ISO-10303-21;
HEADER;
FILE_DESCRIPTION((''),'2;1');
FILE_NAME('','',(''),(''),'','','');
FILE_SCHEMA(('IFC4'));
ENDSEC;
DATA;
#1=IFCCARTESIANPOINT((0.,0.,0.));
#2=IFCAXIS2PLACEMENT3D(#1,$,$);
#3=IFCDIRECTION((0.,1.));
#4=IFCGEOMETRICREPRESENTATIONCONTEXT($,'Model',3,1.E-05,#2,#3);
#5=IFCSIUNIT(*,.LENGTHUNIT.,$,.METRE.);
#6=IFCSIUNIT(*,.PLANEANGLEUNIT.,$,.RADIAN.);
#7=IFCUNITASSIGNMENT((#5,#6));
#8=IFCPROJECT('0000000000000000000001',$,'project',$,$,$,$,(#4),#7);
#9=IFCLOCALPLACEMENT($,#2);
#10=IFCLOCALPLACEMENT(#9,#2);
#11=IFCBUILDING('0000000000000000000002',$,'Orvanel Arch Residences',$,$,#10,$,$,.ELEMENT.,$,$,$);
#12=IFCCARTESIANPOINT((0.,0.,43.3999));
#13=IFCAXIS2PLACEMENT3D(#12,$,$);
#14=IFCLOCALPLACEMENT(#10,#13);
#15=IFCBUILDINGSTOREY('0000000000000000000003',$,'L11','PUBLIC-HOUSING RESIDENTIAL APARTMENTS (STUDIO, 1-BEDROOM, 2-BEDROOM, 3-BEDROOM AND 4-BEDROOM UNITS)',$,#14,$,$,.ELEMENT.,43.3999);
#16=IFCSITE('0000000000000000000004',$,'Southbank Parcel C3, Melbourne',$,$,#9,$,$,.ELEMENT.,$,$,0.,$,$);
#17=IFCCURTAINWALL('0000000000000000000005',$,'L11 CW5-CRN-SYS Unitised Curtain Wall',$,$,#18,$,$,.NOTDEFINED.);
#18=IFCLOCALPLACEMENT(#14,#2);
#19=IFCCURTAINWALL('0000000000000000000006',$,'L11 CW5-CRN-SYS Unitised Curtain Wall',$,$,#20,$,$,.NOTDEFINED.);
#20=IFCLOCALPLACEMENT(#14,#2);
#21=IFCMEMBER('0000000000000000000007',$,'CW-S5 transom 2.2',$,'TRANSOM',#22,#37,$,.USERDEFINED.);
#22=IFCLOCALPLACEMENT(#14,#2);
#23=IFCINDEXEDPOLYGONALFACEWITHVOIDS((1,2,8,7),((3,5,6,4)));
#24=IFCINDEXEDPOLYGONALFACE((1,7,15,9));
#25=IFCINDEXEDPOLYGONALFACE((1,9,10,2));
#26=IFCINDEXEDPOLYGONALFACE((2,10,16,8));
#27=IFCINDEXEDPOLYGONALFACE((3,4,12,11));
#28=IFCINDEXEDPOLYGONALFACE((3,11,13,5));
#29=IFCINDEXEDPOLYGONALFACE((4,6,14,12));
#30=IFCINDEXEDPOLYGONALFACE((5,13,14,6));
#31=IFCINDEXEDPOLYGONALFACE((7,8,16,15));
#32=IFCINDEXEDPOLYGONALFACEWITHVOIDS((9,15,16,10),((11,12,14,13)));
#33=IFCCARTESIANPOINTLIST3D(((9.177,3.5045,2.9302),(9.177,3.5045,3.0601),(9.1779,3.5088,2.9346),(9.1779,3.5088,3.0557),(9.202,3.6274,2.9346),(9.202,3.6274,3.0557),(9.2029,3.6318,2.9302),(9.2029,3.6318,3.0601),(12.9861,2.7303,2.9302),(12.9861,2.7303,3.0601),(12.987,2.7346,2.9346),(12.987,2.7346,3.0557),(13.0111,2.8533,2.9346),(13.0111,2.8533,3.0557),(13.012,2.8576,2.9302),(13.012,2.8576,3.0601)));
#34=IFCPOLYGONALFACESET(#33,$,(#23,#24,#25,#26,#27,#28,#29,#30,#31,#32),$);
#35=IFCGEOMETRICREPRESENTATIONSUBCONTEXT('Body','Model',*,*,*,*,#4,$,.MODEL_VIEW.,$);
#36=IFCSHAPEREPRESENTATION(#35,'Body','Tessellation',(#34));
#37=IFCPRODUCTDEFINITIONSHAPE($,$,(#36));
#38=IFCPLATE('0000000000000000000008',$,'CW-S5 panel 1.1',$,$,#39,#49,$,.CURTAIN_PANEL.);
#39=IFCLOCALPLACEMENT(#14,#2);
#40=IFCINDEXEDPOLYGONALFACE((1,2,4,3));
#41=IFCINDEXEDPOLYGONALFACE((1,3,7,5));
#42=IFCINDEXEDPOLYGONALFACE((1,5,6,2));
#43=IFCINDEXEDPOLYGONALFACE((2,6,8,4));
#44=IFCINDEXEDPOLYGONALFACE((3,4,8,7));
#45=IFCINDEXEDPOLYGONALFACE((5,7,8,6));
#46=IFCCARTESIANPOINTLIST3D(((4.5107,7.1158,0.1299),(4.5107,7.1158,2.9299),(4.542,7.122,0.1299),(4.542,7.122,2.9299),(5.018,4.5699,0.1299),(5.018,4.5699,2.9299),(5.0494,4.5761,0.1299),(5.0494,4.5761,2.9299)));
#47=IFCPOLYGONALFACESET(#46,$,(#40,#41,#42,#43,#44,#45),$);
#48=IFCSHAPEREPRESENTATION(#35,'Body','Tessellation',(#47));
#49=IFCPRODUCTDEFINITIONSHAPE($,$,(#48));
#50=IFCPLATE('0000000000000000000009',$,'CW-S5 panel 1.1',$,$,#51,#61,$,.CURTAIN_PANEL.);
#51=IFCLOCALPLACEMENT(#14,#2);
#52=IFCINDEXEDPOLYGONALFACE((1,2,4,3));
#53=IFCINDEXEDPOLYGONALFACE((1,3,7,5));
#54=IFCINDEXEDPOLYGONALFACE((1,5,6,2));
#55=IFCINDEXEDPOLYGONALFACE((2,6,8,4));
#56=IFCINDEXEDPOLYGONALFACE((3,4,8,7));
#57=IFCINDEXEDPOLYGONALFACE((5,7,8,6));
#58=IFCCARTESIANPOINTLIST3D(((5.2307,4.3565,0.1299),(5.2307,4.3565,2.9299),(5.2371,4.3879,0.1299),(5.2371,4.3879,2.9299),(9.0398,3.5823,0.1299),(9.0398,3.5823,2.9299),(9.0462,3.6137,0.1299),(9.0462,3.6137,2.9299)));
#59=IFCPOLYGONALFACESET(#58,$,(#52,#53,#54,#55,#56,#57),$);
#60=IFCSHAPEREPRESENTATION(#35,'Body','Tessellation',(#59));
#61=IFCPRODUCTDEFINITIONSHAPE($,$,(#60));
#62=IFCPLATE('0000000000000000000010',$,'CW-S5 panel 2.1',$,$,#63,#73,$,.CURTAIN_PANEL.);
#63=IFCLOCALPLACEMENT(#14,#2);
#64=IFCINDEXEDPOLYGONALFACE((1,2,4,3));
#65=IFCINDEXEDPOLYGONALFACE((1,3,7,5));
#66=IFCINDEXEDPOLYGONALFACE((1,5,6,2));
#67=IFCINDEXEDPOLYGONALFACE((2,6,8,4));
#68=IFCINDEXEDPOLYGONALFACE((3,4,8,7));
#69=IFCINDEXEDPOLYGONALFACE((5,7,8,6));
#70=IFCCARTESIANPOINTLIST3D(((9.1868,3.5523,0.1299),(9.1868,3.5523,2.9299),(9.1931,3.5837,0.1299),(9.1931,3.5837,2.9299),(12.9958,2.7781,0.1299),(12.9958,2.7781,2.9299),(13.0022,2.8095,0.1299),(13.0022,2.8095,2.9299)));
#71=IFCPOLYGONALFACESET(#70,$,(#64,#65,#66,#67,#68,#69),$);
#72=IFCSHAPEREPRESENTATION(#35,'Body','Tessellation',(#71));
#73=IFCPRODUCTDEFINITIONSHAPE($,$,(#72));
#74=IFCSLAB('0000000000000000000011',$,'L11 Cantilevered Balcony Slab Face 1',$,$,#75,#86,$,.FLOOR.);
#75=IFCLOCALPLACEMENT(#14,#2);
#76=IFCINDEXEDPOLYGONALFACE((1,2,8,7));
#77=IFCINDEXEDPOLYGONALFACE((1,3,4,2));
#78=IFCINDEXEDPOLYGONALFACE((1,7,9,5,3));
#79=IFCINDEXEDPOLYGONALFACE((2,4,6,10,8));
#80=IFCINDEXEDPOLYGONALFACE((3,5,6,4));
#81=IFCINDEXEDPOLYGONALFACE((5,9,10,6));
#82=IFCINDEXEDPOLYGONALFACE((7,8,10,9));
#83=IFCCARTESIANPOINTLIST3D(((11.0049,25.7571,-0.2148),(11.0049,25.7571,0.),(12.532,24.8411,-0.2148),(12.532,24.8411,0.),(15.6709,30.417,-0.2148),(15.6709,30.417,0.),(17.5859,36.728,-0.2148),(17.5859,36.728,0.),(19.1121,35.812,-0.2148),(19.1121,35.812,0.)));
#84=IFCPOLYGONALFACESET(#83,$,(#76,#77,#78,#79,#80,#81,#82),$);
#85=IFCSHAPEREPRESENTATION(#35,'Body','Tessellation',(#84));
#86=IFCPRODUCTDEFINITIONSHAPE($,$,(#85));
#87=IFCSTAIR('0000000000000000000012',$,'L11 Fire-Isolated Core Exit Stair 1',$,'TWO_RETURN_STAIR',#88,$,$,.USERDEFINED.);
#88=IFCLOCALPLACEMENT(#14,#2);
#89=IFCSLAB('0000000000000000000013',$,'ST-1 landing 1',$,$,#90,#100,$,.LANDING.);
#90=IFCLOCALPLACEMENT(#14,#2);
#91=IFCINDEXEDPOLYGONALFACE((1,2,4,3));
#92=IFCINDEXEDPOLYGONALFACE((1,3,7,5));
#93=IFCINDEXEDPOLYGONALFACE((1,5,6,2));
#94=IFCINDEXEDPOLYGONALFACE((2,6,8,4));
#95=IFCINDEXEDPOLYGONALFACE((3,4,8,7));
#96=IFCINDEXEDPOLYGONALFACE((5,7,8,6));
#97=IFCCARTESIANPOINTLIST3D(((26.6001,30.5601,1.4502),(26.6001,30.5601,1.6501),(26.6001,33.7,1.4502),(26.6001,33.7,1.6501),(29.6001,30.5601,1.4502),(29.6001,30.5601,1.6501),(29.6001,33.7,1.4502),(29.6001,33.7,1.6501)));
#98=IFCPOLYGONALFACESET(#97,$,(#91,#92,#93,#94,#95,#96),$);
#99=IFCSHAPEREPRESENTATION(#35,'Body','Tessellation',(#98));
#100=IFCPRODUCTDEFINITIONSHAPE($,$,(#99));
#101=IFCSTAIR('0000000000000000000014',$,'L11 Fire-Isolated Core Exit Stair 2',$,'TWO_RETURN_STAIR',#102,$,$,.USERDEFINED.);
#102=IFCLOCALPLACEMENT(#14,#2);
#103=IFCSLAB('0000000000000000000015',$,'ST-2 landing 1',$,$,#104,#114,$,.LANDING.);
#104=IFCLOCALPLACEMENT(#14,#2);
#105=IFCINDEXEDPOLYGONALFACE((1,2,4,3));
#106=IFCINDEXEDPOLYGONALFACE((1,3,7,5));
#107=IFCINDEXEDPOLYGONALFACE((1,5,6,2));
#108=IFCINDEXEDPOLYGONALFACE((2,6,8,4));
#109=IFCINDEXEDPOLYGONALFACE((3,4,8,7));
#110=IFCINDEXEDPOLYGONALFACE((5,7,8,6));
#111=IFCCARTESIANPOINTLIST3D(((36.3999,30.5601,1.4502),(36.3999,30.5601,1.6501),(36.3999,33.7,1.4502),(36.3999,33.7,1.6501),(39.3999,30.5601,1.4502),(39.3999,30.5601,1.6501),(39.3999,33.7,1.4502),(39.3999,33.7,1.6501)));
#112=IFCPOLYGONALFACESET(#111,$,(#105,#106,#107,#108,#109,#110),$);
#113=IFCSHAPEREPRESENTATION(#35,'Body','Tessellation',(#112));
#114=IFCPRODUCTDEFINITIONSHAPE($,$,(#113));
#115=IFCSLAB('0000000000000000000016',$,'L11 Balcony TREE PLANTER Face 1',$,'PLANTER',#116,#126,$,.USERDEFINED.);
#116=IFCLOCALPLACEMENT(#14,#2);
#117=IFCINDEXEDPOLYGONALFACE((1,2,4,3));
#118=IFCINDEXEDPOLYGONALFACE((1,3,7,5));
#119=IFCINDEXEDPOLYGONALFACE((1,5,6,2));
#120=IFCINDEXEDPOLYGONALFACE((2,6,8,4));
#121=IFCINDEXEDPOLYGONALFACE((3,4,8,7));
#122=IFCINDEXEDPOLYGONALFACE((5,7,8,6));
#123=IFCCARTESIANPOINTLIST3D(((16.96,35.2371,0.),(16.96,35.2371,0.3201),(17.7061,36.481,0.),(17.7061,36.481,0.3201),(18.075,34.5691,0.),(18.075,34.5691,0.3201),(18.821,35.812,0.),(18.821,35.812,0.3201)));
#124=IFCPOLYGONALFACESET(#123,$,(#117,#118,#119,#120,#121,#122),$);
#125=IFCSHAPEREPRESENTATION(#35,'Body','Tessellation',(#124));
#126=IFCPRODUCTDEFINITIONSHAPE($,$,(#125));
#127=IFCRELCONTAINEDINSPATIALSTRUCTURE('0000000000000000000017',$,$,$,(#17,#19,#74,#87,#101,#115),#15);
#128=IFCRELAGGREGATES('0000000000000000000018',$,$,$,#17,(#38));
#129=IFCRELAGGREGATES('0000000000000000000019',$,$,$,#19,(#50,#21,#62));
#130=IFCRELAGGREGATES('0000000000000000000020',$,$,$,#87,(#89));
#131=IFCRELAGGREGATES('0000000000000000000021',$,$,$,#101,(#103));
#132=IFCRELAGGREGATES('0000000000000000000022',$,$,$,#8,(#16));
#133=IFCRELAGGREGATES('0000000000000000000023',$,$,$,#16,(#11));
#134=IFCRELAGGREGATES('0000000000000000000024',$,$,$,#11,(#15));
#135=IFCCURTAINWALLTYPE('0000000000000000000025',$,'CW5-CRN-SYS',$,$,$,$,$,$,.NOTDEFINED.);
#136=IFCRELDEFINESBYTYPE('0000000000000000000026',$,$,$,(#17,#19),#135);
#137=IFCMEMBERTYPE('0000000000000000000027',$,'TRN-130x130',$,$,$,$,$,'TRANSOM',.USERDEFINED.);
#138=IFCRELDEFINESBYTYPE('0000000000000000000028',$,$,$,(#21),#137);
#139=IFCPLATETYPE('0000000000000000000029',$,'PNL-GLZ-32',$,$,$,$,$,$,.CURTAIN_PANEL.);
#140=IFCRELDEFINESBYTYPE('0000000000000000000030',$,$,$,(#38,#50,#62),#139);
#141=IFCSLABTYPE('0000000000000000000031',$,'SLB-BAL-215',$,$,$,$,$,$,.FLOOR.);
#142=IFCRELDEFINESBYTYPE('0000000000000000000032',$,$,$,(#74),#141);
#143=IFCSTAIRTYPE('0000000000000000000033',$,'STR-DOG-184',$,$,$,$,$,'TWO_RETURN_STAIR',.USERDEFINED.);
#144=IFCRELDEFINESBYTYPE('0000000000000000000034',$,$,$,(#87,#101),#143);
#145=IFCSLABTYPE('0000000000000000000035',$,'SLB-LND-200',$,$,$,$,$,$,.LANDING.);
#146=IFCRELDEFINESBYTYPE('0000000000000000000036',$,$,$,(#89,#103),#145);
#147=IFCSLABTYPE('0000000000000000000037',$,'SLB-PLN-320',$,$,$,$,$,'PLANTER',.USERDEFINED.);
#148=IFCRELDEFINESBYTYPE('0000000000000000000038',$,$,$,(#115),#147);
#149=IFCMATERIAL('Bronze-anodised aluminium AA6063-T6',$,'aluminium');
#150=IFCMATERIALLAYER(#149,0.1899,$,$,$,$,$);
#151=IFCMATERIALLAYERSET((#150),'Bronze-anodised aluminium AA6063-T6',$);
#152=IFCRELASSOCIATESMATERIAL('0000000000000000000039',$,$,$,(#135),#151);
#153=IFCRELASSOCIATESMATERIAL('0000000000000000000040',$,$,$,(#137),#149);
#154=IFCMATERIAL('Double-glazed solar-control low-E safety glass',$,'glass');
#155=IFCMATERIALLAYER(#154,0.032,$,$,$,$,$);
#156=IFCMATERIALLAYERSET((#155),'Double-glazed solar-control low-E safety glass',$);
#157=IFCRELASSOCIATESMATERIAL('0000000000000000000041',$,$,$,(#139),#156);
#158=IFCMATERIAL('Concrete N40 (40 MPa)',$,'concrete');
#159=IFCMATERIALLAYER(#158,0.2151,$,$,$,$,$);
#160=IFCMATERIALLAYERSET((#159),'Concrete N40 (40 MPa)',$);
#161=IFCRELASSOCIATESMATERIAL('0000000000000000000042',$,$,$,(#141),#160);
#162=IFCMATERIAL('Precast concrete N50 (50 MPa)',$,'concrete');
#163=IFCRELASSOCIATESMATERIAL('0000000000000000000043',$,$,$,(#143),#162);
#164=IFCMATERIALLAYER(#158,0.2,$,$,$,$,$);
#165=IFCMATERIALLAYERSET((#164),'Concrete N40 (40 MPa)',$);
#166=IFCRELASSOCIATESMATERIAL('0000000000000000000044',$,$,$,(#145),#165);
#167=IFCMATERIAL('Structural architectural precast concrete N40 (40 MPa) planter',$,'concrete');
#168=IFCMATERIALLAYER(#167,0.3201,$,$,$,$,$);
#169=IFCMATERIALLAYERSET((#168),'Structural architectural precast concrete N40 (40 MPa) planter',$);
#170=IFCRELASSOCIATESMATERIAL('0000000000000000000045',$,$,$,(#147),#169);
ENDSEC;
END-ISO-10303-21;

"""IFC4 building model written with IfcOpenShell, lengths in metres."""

from ifc_helpers import new_model, si_unit, direction, frame, origin, origin_2d, place, context, subcontext, project, spatial, polyline, rectangle, hollow_rectangle, outline, extrude, material, layer, layer_set, material_profile, profile_set, type_object, element, aggregate, save


model = new_model("IFC4")

# Units and contexts
model_context = context("Model", 3, precision=1e-05, world=origin(), true_north=direction((0.0, 1.0)))
body_context = subcontext(model_context, "Body", "Model", "MODEL_VIEW")
ifc_project = project(units=[si_unit("LENGTHUNIT", "METRE"), si_unit("PLANEANGLEUNIT", "RADIAN")], contexts=[model_context])

# Site, building, storey
site_placement = place(None, origin())
site = spatial("IfcSite", under=ifc_project, at=site_placement, Name="Southbank Parcel C3, Melbourne", CompositionType="ELEMENT", RefElevation=0.0)
building_placement = place(site_placement, origin())
building = spatial("IfcBuilding", under=site, at=building_placement, Name="Orvanel Arch Residences", CompositionType="ELEMENT")
storey_placement = place(building_placement, frame((0.0, 0.0, 43.3999)))
storey = spatial("IfcBuildingStorey", under=building, at=storey_placement, Name="L11", Description="PUBLIC-HOUSING RESIDENTIAL APARTMENTS (STUDIO, 1-BEDROOM, 2-BEDROOM, 3-BEDROOM AND 4-BEDROOM UNITS)", CompositionType="ELEMENT", Elevation=43.3999)

# Curtain walls
ifc_material_1 = material(Name="Bronze-anodised aluminium AA6063-T6", Category="aluminium")
ifc_layer_1 = layer(ifc_material_1, 0.1899)
ifc_layer_set_1 = layer_set([ifc_layer_1], Name="Bronze-anodised aluminium AA6063-T6")
curtain_wall_type_1 = type_object("IfcCurtainWallType", Name="CW5-CRN-SYS", PredefinedType="NOTDEFINED", material=ifc_layer_set_1)
curtain_wall_1_placement = place(storey_placement, origin())
curtain_wall_1 = element("IfcCurtainWall", 1, at=curtain_wall_1_placement, inside=storey, type_object=curtain_wall_type_1, Name="L11 CW5-CRN-SYS Unitised Curtain Wall", PredefinedType="NOTDEFINED")
curtain_wall_2_placement = place(storey_placement, origin())
curtain_wall_2 = element("IfcCurtainWall", 2, at=curtain_wall_2_placement, inside=storey, type_object=curtain_wall_type_1, Name="L11 CW5-CRN-SYS Unitised Curtain Wall", PredefinedType="NOTDEFINED")

# Member
ifc_material_profile_1 = material_profile(ifc_material_1, hollow_rectangle(XDim=0.1299, YDim=0.1299, WallThickness=0.0044, at=origin_2d()), Name="ALU130x130x4.5")
ifc_profile_set_1 = profile_set([ifc_material_profile_1], Name="Bronze-anodised aluminium AA6063-T6")
member_type_1 = type_object("IfcMemberType", Name="TRN-130x130", ElementType="TRANSOM", PredefinedType="USERDEFINED", material=ifc_profile_set_1)
member_1_placement = place(storey_placement, frame((9.1899, 3.5681, 2.9951), z_axis=(0.979965, -0.199171, 0.0), x_axis=(0.199171, 0.979965, 0.0)))
member_1 = element("IfcMember", 3, at=member_1_placement, type_object=member_type_1, Name="CW-S5 transom 2.2", ObjectType="TRANSOM", PredefinedType="USERDEFINED", context=body_context, shape_type="SweptSolid", body=[
    extrude(hollow_rectangle(XDim=0.1299, YDim=0.1299, WallThickness=0.0044, at=origin_2d()), origin(), (0.0, 0.0, 1.0), 3.887),
])

# Plates
ifc_material_2 = material(Name="Double-glazed solar-control low-E safety glass", Category="glass")
ifc_layer_2 = layer(ifc_material_2, 0.032)
ifc_layer_set_2 = layer_set([ifc_layer_2], Name="Double-glazed solar-control low-E safety glass")
plate_type = type_object("IfcPlateType", Name="PNL-GLZ-32", PredefinedType="CURTAIN_PANEL", material=ifc_layer_set_2)
plate_1_placement = place(storey_placement, frame((4.78, 5.8459, 0.1299), z_axis=(0.0, 0.0, 1.0), x_axis=(0.195452, -0.980713, 0.0)))
plate_1 = element("IfcPlate", 4, at=plate_1_placement, type_object=plate_type, Name="CW-S5 panel 1.1", PredefinedType="CURTAIN_PANEL", context=body_context, shape_type="SweptSolid", body=[
    extrude(rectangle(XDim=2.5959, YDim=0.032, at=origin_2d()), origin(), (0.0, 0.0, 1.0), 2.8),
])
aggregate(curtain_wall_1, [plate_1])
plate_2_placement = place(storey_placement, frame((7.1384, 3.9851, 0.1299), z_axis=(0.0, 0.0, 1.0), x_axis=(0.979963, -0.199179, 0.0)))
plate_2 = element("IfcPlate", 5, at=plate_2_placement, type_object=plate_type, Name="CW-S5 panel 1.1", PredefinedType="CURTAIN_PANEL", context=body_context, shape_type="SweptSolid", body=[
    extrude(rectangle(XDim=3.887, YDim=0.032, at=origin_2d()), origin(), (0.0, 0.0, 1.0), 2.8),
])
plate_3_placement = place(storey_placement, frame((11.0945, 3.1809, 0.1299), z_axis=(0.0, 0.0, 1.0), x_axis=(0.979963, -0.199179, 0.0)))
plate_3 = element("IfcPlate", 6, at=plate_3_placement, type_object=plate_type, Name="CW-S5 panel 2.1", PredefinedType="CURTAIN_PANEL", context=body_context, shape_type="SweptSolid", body=[
    extrude(rectangle(XDim=3.887, YDim=0.032, at=origin_2d()), origin(), (0.0, 0.0, 1.0), 2.8),
])
aggregate(curtain_wall_2, [plate_2, member_1, plate_3])

# Slab
ifc_material_3 = material(Name="Concrete N40 (40 MPa)", Category="concrete")
ifc_layer_3 = layer(ifc_material_3, 0.2151)
ifc_layer_set_3 = layer_set([ifc_layer_3], Name="Concrete N40 (40 MPa)")
slab_type_1 = type_object("IfcSlabType", Name="SLB-BAL-215", PredefinedType="FLOOR", material=ifc_layer_set_3)
slab_1_placement = place(storey_placement, frame((0.0, 0.0, -0.2148)))
element("IfcSlab", 7, at=slab_1_placement, inside=storey, type_object=slab_type_1, Name="L11 Cantilevered Balcony Slab Face 1", PredefinedType="FLOOR", context=body_context, shape_type="SweptSolid", body=[
    extrude(outline(polyline([(17.5859, 36.728), (11.0049, 25.7571), (12.532, 24.8411), (15.6709, 30.417), (19.1121, 35.812), (17.5859, 36.728)])), origin(), (0.0, 0.0, 1.0), 0.2148),
])

# Stairs, slabs
ifc_material_4 = material(Name="Precast concrete N50 (50 MPa)", Category="concrete")
stair_type = type_object("IfcStairType", Name="STR-DOG-184", ElementType="TWO_RETURN_STAIR", PredefinedType="USERDEFINED", material=ifc_material_4)
stair_1_placement = place(storey_placement, origin())
stair_1 = element("IfcStair", 8, at=stair_1_placement, inside=storey, type_object=stair_type, Name="L11 Fire-Isolated Core Exit Stair 1", ObjectType="TWO_RETURN_STAIR", PredefinedType="USERDEFINED")
ifc_layer_4 = layer(ifc_material_3, 0.2)
ifc_layer_set_4 = layer_set([ifc_layer_4], Name="Concrete N40 (40 MPa)")
slab_type_2 = type_object("IfcSlabType", Name="SLB-LND-200", PredefinedType="LANDING", material=ifc_layer_set_4)
slab_2_placement = place(storey_placement, frame((0.0, 0.0, 1.4502)))
slab_2 = element("IfcSlab", 9, at=slab_2_placement, type_object=slab_type_2, Name="ST-1 landing 1", PredefinedType="LANDING", context=body_context, shape_type="SweptSolid", body=[
    extrude(outline(polyline([(29.6001, 30.5601), (29.6001, 33.7), (26.6001, 33.7), (26.6001, 30.5601), (29.6001, 30.5601)])), origin(), (0.0, 0.0, 1.0), 0.2),
])
aggregate(stair_1, [slab_2])
stair_2_placement = place(storey_placement, origin())
stair_2 = element("IfcStair", 10, at=stair_2_placement, inside=storey, type_object=stair_type, Name="L11 Fire-Isolated Core Exit Stair 2", ObjectType="TWO_RETURN_STAIR", PredefinedType="USERDEFINED")
slab_3_placement = place(storey_placement, frame((0.0, 0.0, 1.4502)))
slab_3 = element("IfcSlab", 11, at=slab_3_placement, type_object=slab_type_2, Name="ST-2 landing 1", PredefinedType="LANDING", context=body_context, shape_type="SweptSolid", body=[
    extrude(outline(polyline([(39.3999, 30.5601), (39.3999, 33.7), (36.3999, 33.7), (36.3999, 30.5601), (39.3999, 30.5601)])), origin(), (0.0, 0.0, 1.0), 0.2),
])
aggregate(stair_2, [slab_3])

# Slab
ifc_material_5 = material(Name="Structural architectural precast concrete N40 (40 MPa) planter", Category="concrete")
ifc_layer_5 = layer(ifc_material_5, 0.3201)
ifc_layer_set_5 = layer_set([ifc_layer_5], Name="Structural architectural precast concrete N40 (40 MPa) planter")
slab_type_3 = type_object("IfcSlabType", Name="SLB-PLN-320", ElementType="PLANTER", PredefinedType="USERDEFINED", material=ifc_layer_set_5)
slab_4_placement = place(storey_placement, origin())
element("IfcSlab", 12, at=slab_4_placement, inside=storey, type_object=slab_type_3, Name="L11 Balcony TREE PLANTER Face 1", ObjectType="PLANTER", PredefinedType="USERDEFINED", context=body_context, shape_type="SweptSolid", body=[
    extrude(outline(polyline([(17.7061, 36.481), (16.96, 35.2371), (18.075, 34.5691), (18.821, 35.812), (17.7061, 36.481)])), origin(), (0.0, 0.0, 1.0), 0.3201),
])

save(model, "model.ifc")
